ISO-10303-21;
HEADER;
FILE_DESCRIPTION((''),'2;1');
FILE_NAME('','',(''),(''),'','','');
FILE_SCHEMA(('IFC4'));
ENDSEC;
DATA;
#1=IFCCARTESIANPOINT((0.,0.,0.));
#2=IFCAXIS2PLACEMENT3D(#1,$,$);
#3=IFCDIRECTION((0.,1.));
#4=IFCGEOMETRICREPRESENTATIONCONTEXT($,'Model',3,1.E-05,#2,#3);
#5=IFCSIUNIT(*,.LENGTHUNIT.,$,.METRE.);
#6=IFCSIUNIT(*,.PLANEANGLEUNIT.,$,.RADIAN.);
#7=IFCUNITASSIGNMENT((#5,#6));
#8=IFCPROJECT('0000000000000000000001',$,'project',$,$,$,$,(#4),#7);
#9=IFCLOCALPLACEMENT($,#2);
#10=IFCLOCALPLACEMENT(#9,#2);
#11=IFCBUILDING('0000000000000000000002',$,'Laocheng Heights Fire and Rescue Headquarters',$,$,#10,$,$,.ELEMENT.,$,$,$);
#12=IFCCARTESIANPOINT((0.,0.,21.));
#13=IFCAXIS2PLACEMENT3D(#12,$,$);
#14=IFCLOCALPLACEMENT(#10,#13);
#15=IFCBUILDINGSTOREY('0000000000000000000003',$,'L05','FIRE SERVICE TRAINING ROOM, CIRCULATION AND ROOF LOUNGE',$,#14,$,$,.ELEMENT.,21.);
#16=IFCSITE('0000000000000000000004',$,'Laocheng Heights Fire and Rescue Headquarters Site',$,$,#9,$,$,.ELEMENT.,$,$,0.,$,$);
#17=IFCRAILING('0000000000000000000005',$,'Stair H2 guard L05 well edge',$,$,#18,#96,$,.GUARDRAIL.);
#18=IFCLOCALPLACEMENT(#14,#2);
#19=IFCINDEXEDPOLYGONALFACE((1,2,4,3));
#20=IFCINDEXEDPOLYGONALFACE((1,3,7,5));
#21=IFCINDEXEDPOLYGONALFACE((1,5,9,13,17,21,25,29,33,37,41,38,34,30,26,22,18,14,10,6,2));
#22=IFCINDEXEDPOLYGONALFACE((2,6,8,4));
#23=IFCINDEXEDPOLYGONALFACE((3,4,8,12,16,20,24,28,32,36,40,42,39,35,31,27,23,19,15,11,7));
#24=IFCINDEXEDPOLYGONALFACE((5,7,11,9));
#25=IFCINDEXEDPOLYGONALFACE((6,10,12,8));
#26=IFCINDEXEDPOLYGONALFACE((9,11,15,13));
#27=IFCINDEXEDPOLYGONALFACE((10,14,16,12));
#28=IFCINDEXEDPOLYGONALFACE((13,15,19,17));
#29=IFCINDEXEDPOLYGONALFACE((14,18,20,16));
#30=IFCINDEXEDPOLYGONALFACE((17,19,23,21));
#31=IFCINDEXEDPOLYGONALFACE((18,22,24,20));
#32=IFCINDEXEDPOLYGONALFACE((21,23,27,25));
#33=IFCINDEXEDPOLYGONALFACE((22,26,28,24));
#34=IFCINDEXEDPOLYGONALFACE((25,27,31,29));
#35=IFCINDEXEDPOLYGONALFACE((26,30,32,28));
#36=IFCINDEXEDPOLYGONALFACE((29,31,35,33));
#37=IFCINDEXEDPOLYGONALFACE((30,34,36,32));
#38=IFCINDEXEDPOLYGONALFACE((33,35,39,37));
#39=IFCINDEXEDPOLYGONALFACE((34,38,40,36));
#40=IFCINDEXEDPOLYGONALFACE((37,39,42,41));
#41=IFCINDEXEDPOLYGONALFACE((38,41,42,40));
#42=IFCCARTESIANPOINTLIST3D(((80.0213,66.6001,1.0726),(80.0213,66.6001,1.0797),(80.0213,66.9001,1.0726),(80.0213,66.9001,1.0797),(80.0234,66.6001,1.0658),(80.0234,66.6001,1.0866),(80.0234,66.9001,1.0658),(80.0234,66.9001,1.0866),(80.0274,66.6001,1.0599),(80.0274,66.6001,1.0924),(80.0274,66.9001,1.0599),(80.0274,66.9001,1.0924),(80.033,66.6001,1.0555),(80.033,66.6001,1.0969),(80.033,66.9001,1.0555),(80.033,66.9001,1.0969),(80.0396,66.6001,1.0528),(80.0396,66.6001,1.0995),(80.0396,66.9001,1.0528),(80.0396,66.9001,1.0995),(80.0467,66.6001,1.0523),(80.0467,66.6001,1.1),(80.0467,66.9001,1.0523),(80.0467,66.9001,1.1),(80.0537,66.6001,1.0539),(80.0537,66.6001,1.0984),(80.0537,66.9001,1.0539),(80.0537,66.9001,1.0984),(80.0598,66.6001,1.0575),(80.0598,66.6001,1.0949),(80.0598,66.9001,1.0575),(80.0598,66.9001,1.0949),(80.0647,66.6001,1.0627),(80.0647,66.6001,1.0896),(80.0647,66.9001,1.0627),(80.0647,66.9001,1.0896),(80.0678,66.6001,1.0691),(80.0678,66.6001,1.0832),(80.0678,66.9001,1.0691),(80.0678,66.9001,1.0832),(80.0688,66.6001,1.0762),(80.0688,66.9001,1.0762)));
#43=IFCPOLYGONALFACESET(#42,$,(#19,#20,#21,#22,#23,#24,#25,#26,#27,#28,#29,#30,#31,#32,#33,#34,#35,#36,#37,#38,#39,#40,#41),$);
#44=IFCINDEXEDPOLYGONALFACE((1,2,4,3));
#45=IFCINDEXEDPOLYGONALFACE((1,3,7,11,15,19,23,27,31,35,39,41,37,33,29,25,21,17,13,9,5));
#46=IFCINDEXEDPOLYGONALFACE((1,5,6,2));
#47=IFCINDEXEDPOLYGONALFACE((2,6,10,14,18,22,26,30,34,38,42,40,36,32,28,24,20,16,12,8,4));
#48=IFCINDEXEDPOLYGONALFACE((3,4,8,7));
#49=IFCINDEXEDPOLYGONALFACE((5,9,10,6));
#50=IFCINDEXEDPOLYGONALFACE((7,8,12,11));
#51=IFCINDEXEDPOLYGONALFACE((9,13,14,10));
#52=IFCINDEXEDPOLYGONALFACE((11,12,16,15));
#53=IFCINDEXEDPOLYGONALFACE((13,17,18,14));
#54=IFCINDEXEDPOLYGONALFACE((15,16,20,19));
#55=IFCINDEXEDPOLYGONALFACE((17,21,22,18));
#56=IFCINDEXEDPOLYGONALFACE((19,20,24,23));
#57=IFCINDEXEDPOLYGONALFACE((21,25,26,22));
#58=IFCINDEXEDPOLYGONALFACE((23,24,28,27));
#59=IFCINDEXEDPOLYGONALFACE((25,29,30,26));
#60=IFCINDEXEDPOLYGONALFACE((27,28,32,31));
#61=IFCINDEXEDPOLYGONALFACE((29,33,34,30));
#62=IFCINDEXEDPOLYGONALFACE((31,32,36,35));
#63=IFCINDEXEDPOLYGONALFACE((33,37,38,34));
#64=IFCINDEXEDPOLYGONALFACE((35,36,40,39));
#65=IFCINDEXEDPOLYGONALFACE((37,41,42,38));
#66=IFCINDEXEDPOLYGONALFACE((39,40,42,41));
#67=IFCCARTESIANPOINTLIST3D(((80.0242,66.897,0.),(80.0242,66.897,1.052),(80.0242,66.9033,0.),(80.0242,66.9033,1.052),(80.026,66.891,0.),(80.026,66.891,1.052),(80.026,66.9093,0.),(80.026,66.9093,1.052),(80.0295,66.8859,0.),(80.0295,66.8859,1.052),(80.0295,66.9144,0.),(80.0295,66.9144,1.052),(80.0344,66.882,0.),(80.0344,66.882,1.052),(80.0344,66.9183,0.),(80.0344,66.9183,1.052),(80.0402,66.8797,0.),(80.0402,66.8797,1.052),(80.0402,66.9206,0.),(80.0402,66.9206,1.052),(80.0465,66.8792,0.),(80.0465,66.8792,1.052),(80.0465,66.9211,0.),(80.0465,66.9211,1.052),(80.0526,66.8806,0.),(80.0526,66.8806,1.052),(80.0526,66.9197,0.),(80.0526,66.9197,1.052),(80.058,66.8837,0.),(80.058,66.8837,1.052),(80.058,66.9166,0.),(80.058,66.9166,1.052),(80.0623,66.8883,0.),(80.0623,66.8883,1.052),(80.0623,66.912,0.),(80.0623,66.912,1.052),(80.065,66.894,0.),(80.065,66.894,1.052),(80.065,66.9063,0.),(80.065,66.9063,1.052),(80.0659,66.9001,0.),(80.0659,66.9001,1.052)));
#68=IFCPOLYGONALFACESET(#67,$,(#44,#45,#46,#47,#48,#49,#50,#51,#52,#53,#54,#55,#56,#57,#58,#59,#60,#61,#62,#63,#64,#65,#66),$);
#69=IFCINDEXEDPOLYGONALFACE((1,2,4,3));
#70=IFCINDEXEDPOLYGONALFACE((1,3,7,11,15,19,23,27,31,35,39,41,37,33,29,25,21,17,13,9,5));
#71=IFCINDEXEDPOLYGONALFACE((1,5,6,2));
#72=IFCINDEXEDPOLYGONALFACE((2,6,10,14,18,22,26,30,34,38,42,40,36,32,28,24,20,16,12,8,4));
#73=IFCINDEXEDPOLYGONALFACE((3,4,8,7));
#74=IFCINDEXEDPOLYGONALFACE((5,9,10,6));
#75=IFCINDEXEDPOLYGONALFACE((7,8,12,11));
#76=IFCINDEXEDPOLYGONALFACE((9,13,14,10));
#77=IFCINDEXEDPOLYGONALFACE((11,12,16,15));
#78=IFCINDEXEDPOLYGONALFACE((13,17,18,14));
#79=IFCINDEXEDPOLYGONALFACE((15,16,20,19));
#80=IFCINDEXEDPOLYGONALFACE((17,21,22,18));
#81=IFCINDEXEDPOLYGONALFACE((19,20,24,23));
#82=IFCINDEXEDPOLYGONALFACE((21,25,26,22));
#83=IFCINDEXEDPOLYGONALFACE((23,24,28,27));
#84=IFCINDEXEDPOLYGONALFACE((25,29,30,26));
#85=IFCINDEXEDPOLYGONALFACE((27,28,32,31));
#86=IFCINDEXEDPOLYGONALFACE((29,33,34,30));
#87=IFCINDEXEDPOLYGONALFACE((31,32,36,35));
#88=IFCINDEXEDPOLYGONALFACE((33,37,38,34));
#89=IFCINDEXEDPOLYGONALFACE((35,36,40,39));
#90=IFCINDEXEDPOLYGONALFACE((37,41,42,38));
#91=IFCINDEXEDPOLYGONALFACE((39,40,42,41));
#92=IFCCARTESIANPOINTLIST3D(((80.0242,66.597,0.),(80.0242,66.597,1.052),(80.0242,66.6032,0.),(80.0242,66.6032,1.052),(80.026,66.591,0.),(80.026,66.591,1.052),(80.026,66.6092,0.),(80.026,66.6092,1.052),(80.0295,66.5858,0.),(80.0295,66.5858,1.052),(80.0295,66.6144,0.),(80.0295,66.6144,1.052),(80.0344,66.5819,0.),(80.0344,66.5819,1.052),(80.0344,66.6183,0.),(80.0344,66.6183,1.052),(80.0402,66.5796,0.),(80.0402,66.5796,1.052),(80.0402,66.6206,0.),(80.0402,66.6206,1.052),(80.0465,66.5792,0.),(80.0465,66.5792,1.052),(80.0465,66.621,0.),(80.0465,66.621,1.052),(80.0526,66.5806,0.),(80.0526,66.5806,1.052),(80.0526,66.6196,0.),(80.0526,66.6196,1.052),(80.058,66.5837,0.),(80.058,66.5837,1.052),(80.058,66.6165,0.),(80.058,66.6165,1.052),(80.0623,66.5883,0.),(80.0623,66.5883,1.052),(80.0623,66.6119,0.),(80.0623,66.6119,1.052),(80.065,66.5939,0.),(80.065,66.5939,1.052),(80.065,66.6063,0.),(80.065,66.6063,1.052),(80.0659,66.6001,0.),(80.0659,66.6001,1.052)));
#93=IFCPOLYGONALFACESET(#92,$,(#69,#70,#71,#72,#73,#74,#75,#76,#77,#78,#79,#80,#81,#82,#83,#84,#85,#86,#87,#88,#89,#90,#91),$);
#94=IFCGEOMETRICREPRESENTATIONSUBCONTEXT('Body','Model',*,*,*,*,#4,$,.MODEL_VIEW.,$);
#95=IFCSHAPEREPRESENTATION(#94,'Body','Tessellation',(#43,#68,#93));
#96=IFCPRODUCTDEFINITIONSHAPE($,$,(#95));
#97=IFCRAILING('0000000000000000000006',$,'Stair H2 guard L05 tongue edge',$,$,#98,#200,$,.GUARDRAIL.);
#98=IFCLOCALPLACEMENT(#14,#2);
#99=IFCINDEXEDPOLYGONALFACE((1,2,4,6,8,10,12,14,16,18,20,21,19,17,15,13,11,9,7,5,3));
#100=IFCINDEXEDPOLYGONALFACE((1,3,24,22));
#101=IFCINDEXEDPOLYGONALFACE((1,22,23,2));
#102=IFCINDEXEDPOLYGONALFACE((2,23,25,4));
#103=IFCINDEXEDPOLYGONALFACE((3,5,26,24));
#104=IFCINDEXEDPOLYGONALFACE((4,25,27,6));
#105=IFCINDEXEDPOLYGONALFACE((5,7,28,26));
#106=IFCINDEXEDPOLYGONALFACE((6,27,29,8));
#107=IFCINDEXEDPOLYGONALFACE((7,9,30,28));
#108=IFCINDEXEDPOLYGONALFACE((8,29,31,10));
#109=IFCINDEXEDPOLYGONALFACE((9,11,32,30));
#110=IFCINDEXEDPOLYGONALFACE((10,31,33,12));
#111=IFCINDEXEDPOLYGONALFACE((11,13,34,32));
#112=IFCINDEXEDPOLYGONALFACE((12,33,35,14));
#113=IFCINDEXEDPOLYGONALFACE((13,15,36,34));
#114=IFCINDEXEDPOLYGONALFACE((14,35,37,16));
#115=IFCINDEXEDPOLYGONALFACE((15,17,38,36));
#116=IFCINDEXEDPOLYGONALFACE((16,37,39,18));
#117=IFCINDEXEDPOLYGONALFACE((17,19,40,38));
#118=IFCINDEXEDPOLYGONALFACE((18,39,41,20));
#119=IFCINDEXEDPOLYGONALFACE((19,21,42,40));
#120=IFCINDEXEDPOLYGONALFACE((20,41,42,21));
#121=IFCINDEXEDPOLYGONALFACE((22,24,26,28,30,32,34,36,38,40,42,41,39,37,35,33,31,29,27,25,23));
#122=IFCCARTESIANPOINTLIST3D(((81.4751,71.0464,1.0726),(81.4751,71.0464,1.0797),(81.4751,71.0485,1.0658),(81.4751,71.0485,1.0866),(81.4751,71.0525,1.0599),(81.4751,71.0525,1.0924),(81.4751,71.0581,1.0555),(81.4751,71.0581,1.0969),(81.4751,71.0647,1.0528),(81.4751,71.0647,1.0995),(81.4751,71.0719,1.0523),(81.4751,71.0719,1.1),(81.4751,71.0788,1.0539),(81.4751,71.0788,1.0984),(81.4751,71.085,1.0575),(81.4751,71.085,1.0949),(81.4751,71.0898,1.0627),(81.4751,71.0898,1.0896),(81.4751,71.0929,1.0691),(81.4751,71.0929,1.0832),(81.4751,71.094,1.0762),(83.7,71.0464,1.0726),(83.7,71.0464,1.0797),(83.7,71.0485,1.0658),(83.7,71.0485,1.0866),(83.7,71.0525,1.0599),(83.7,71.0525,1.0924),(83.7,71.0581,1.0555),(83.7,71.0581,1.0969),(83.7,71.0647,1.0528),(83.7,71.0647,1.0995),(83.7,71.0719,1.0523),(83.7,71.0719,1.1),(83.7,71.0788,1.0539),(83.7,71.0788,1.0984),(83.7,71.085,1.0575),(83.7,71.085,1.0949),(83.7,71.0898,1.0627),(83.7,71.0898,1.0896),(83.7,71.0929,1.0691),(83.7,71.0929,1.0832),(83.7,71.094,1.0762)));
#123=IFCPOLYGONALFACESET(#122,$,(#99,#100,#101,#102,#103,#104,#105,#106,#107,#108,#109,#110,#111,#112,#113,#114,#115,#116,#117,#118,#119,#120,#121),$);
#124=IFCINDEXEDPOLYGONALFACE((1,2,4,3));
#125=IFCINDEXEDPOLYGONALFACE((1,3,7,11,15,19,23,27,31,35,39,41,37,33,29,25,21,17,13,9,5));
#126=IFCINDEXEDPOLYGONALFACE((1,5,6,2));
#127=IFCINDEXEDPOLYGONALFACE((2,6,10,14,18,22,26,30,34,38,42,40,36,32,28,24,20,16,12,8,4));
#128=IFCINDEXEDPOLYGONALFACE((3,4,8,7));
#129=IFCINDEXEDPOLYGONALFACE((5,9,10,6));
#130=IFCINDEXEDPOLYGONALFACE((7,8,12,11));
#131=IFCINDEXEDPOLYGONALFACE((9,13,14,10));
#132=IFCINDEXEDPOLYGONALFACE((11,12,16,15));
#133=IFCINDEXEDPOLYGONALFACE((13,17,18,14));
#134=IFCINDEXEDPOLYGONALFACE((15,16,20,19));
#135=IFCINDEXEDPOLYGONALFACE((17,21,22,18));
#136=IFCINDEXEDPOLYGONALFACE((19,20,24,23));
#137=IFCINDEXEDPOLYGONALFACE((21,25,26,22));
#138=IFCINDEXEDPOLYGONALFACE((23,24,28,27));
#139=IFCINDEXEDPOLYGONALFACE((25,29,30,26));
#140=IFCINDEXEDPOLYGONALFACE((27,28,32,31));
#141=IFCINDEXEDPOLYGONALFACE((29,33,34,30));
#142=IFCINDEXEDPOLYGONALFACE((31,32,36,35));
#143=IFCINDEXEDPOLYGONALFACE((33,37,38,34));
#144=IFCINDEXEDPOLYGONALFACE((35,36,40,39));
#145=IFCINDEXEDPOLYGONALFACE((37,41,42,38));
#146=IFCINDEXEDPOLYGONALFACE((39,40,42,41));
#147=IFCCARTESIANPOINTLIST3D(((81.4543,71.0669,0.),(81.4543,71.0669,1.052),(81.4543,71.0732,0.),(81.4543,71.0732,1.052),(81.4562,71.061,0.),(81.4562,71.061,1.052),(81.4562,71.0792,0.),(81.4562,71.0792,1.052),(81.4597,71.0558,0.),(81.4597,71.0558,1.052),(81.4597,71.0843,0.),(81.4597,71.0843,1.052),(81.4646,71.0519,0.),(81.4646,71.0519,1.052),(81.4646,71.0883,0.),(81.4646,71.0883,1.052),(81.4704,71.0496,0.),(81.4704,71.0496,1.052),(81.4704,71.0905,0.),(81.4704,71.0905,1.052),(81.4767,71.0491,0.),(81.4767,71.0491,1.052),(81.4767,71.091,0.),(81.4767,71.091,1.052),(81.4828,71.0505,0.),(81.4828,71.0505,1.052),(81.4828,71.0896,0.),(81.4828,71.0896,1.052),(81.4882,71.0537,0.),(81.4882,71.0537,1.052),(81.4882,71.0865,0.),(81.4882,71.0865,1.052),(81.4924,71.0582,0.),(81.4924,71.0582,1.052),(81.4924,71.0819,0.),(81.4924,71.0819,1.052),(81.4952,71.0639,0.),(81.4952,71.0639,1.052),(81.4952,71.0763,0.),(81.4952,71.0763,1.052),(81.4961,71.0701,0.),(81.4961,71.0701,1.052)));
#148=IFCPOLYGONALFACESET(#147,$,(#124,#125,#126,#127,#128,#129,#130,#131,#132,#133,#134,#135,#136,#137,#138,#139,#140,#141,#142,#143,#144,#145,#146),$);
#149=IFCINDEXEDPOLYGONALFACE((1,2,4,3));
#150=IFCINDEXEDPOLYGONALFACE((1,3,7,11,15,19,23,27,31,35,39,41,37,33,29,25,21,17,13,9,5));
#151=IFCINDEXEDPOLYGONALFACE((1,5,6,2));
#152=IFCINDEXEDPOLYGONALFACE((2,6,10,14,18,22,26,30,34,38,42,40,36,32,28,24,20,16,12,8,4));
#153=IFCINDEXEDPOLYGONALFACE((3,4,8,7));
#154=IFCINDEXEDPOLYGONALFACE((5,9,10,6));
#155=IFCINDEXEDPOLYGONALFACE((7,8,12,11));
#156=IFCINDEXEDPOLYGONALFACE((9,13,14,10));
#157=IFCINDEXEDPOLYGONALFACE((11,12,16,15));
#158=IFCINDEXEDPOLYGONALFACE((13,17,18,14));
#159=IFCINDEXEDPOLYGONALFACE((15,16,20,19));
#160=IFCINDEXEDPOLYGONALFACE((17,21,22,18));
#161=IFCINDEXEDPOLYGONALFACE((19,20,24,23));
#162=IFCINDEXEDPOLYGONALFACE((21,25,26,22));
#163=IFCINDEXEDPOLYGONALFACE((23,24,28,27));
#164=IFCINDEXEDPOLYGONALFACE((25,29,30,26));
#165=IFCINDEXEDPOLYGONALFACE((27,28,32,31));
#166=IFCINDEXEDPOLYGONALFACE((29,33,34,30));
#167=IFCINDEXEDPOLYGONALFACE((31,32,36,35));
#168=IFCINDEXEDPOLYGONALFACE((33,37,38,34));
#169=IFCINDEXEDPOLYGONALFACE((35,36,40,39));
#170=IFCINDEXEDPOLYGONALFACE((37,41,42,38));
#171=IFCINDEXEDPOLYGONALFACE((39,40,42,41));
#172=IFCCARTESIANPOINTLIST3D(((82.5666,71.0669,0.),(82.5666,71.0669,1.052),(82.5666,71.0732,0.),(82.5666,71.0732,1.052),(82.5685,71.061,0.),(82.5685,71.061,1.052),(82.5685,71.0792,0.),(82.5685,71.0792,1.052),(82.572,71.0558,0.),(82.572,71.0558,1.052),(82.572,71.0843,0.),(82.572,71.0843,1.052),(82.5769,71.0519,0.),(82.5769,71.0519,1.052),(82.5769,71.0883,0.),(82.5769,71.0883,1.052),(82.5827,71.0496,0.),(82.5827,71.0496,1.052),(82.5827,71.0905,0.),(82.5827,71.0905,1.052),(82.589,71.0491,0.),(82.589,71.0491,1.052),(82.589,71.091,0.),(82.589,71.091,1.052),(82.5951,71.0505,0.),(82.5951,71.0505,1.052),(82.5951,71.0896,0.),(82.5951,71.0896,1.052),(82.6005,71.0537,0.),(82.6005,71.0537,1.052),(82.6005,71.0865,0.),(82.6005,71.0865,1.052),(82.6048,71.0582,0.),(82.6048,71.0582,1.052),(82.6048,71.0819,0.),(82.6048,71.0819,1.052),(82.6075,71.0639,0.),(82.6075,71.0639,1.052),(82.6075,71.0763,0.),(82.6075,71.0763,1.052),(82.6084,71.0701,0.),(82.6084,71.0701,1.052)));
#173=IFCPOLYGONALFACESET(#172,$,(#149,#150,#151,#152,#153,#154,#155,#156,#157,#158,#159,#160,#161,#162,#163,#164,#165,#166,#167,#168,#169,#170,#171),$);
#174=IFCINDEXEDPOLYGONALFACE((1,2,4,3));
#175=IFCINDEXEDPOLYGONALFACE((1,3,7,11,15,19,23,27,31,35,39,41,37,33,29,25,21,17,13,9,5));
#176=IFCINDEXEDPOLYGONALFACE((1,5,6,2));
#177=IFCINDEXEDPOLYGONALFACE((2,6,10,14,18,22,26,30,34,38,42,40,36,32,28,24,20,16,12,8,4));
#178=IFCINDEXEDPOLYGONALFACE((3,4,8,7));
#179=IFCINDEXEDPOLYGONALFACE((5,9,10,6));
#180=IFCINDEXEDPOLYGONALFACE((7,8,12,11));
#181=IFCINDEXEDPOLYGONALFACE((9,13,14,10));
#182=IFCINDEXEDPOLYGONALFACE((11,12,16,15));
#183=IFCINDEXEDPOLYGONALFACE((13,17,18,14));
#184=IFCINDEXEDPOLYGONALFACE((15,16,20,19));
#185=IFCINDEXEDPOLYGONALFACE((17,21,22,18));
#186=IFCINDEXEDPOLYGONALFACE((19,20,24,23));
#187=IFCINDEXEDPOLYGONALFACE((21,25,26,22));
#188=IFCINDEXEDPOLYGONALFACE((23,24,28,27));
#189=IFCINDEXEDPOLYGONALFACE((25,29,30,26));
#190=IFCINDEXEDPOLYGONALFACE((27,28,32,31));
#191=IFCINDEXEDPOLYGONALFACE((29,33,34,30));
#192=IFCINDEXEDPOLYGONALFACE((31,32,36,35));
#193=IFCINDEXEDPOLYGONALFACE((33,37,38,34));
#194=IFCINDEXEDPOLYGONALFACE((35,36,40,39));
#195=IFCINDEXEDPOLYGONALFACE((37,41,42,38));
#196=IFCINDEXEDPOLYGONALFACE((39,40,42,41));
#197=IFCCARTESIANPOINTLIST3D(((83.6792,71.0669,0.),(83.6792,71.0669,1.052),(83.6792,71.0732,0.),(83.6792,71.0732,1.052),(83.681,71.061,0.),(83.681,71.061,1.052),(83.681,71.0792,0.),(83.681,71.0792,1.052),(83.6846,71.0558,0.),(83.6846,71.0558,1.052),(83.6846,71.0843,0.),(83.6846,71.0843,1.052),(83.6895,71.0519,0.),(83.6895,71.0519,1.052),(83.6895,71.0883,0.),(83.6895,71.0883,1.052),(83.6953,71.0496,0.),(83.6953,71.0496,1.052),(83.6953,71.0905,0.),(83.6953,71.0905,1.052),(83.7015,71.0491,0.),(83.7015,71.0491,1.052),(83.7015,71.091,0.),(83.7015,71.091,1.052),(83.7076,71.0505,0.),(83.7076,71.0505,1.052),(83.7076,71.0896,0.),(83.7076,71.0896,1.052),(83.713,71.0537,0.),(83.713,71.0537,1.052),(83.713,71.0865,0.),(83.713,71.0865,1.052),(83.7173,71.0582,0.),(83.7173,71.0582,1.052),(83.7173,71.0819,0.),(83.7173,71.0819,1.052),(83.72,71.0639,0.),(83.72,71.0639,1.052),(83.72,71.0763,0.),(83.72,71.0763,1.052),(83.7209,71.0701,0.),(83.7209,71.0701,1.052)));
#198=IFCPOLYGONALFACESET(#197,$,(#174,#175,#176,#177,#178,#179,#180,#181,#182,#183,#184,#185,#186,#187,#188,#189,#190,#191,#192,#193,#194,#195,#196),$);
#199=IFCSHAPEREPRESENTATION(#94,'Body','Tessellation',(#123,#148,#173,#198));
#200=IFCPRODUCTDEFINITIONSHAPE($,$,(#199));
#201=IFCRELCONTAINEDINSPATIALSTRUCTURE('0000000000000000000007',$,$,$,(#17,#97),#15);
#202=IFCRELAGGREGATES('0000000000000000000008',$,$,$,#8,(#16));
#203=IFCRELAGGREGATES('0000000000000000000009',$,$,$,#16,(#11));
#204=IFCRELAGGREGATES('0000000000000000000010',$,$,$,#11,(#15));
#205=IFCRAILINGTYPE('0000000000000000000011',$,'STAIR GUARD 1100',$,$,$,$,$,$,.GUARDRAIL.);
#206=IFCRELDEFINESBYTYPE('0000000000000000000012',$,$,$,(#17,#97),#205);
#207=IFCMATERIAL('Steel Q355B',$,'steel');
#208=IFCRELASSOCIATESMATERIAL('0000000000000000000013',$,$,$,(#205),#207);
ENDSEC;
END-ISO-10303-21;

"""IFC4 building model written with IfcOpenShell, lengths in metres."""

from ifc_helpers import new_model, si_unit, direction, frame, origin, origin_2d, place, context, subcontext, project, spatial, circle, extrude, material, type_object, element, save


model = new_model("IFC4")

# Units and contexts
model_context = context("Model", 3, precision=1e-05, world=origin(), true_north=direction((0.0, 1.0)))
body_context = subcontext(model_context, "Body", "Model", "MODEL_VIEW")
ifc_project = project(units=[si_unit("LENGTHUNIT", "METRE"), si_unit("PLANEANGLEUNIT", "RADIAN")], contexts=[model_context])

# Site, building, storey
site_placement = place(None, origin())
site = spatial("IfcSite", under=ifc_project, at=site_placement, Name="Laocheng Heights Fire and Rescue Headquarters Site", CompositionType="ELEMENT", RefElevation=0.0)
building_placement = place(site_placement, origin())
building = spatial("IfcBuilding", under=site, at=building_placement, Name="Laocheng Heights Fire and Rescue Headquarters", CompositionType="ELEMENT")
storey_placement = place(building_placement, frame((0.0, 0.0, 21.0)))
storey = spatial("IfcBuildingStorey", under=building, at=storey_placement, Name="L05", Description="FIRE SERVICE TRAINING ROOM, CIRCULATION AND ROOF LOUNGE", CompositionType="ELEMENT", Elevation=21.0)

# Railings
ifc_material_1 = material(Name="Steel Q355B", Category="steel")
railing_type_1 = type_object("IfcRailingType", Name="STAIR GUARD 1100", PredefinedType="GUARDRAIL", material=ifc_material_1)
railing_1_placement = place(storey_placement, frame((80.0449, 66.9001, 0.0)))
element("IfcRailing", 1, at=railing_1_placement, inside=storey, type_object=railing_type_1, Name="Stair H2 guard L05 well edge", PredefinedType="GUARDRAIL", context=body_context, shape_type="SweptSolid", body=[
    extrude(circle(Radius=0.0239, at=origin_2d()), frame((0.0, 0.0, 1.0762), z_axis=(0.0, -1.0, 0.0), x_axis=(1.0, 0.0, 0.0)), (0.0, 0.0, 1.0), 0.3),
    extrude(circle(Radius=0.021, at=origin_2d()), origin(), (0.0, 0.0, 1.0), 1.052),
    extrude(circle(Radius=0.021, at=origin_2d()), frame((0.0, -0.3, 0.0)), (0.0, 0.0, 1.0), 1.052),
])
railing_2_placement = place(storey_placement, frame((81.4751, 71.0701, 0.0)))
element("IfcRailing", 2, at=railing_2_placement, inside=storey, type_object=railing_type_1, Name="Stair H2 guard L05 tongue edge", PredefinedType="GUARDRAIL", context=body_context, shape_type="SweptSolid", body=[
    extrude(circle(Radius=0.0239, at=origin_2d()), frame((0.0, 0.0, 1.0762), z_axis=(1.0, 0.0, 0.0), x_axis=(0.0, 1.0, 0.0)), (0.0, 0.0, 1.0), 2.2249),
    extrude(circle(Radius=0.021, at=origin_2d()), origin(), (0.0, 0.0, 1.0), 1.052),
    extrude(circle(Radius=0.021, at=origin_2d()), frame((1.1123, 0.0, 0.0)), (0.0, 0.0, 1.0), 1.052),
    extrude(circle(Radius=0.021, at=origin_2d()), frame((2.2249, 0.0, 0.0)), (0.0, 0.0, 1.0), 1.052),
])

save(model, "model.ifc")
